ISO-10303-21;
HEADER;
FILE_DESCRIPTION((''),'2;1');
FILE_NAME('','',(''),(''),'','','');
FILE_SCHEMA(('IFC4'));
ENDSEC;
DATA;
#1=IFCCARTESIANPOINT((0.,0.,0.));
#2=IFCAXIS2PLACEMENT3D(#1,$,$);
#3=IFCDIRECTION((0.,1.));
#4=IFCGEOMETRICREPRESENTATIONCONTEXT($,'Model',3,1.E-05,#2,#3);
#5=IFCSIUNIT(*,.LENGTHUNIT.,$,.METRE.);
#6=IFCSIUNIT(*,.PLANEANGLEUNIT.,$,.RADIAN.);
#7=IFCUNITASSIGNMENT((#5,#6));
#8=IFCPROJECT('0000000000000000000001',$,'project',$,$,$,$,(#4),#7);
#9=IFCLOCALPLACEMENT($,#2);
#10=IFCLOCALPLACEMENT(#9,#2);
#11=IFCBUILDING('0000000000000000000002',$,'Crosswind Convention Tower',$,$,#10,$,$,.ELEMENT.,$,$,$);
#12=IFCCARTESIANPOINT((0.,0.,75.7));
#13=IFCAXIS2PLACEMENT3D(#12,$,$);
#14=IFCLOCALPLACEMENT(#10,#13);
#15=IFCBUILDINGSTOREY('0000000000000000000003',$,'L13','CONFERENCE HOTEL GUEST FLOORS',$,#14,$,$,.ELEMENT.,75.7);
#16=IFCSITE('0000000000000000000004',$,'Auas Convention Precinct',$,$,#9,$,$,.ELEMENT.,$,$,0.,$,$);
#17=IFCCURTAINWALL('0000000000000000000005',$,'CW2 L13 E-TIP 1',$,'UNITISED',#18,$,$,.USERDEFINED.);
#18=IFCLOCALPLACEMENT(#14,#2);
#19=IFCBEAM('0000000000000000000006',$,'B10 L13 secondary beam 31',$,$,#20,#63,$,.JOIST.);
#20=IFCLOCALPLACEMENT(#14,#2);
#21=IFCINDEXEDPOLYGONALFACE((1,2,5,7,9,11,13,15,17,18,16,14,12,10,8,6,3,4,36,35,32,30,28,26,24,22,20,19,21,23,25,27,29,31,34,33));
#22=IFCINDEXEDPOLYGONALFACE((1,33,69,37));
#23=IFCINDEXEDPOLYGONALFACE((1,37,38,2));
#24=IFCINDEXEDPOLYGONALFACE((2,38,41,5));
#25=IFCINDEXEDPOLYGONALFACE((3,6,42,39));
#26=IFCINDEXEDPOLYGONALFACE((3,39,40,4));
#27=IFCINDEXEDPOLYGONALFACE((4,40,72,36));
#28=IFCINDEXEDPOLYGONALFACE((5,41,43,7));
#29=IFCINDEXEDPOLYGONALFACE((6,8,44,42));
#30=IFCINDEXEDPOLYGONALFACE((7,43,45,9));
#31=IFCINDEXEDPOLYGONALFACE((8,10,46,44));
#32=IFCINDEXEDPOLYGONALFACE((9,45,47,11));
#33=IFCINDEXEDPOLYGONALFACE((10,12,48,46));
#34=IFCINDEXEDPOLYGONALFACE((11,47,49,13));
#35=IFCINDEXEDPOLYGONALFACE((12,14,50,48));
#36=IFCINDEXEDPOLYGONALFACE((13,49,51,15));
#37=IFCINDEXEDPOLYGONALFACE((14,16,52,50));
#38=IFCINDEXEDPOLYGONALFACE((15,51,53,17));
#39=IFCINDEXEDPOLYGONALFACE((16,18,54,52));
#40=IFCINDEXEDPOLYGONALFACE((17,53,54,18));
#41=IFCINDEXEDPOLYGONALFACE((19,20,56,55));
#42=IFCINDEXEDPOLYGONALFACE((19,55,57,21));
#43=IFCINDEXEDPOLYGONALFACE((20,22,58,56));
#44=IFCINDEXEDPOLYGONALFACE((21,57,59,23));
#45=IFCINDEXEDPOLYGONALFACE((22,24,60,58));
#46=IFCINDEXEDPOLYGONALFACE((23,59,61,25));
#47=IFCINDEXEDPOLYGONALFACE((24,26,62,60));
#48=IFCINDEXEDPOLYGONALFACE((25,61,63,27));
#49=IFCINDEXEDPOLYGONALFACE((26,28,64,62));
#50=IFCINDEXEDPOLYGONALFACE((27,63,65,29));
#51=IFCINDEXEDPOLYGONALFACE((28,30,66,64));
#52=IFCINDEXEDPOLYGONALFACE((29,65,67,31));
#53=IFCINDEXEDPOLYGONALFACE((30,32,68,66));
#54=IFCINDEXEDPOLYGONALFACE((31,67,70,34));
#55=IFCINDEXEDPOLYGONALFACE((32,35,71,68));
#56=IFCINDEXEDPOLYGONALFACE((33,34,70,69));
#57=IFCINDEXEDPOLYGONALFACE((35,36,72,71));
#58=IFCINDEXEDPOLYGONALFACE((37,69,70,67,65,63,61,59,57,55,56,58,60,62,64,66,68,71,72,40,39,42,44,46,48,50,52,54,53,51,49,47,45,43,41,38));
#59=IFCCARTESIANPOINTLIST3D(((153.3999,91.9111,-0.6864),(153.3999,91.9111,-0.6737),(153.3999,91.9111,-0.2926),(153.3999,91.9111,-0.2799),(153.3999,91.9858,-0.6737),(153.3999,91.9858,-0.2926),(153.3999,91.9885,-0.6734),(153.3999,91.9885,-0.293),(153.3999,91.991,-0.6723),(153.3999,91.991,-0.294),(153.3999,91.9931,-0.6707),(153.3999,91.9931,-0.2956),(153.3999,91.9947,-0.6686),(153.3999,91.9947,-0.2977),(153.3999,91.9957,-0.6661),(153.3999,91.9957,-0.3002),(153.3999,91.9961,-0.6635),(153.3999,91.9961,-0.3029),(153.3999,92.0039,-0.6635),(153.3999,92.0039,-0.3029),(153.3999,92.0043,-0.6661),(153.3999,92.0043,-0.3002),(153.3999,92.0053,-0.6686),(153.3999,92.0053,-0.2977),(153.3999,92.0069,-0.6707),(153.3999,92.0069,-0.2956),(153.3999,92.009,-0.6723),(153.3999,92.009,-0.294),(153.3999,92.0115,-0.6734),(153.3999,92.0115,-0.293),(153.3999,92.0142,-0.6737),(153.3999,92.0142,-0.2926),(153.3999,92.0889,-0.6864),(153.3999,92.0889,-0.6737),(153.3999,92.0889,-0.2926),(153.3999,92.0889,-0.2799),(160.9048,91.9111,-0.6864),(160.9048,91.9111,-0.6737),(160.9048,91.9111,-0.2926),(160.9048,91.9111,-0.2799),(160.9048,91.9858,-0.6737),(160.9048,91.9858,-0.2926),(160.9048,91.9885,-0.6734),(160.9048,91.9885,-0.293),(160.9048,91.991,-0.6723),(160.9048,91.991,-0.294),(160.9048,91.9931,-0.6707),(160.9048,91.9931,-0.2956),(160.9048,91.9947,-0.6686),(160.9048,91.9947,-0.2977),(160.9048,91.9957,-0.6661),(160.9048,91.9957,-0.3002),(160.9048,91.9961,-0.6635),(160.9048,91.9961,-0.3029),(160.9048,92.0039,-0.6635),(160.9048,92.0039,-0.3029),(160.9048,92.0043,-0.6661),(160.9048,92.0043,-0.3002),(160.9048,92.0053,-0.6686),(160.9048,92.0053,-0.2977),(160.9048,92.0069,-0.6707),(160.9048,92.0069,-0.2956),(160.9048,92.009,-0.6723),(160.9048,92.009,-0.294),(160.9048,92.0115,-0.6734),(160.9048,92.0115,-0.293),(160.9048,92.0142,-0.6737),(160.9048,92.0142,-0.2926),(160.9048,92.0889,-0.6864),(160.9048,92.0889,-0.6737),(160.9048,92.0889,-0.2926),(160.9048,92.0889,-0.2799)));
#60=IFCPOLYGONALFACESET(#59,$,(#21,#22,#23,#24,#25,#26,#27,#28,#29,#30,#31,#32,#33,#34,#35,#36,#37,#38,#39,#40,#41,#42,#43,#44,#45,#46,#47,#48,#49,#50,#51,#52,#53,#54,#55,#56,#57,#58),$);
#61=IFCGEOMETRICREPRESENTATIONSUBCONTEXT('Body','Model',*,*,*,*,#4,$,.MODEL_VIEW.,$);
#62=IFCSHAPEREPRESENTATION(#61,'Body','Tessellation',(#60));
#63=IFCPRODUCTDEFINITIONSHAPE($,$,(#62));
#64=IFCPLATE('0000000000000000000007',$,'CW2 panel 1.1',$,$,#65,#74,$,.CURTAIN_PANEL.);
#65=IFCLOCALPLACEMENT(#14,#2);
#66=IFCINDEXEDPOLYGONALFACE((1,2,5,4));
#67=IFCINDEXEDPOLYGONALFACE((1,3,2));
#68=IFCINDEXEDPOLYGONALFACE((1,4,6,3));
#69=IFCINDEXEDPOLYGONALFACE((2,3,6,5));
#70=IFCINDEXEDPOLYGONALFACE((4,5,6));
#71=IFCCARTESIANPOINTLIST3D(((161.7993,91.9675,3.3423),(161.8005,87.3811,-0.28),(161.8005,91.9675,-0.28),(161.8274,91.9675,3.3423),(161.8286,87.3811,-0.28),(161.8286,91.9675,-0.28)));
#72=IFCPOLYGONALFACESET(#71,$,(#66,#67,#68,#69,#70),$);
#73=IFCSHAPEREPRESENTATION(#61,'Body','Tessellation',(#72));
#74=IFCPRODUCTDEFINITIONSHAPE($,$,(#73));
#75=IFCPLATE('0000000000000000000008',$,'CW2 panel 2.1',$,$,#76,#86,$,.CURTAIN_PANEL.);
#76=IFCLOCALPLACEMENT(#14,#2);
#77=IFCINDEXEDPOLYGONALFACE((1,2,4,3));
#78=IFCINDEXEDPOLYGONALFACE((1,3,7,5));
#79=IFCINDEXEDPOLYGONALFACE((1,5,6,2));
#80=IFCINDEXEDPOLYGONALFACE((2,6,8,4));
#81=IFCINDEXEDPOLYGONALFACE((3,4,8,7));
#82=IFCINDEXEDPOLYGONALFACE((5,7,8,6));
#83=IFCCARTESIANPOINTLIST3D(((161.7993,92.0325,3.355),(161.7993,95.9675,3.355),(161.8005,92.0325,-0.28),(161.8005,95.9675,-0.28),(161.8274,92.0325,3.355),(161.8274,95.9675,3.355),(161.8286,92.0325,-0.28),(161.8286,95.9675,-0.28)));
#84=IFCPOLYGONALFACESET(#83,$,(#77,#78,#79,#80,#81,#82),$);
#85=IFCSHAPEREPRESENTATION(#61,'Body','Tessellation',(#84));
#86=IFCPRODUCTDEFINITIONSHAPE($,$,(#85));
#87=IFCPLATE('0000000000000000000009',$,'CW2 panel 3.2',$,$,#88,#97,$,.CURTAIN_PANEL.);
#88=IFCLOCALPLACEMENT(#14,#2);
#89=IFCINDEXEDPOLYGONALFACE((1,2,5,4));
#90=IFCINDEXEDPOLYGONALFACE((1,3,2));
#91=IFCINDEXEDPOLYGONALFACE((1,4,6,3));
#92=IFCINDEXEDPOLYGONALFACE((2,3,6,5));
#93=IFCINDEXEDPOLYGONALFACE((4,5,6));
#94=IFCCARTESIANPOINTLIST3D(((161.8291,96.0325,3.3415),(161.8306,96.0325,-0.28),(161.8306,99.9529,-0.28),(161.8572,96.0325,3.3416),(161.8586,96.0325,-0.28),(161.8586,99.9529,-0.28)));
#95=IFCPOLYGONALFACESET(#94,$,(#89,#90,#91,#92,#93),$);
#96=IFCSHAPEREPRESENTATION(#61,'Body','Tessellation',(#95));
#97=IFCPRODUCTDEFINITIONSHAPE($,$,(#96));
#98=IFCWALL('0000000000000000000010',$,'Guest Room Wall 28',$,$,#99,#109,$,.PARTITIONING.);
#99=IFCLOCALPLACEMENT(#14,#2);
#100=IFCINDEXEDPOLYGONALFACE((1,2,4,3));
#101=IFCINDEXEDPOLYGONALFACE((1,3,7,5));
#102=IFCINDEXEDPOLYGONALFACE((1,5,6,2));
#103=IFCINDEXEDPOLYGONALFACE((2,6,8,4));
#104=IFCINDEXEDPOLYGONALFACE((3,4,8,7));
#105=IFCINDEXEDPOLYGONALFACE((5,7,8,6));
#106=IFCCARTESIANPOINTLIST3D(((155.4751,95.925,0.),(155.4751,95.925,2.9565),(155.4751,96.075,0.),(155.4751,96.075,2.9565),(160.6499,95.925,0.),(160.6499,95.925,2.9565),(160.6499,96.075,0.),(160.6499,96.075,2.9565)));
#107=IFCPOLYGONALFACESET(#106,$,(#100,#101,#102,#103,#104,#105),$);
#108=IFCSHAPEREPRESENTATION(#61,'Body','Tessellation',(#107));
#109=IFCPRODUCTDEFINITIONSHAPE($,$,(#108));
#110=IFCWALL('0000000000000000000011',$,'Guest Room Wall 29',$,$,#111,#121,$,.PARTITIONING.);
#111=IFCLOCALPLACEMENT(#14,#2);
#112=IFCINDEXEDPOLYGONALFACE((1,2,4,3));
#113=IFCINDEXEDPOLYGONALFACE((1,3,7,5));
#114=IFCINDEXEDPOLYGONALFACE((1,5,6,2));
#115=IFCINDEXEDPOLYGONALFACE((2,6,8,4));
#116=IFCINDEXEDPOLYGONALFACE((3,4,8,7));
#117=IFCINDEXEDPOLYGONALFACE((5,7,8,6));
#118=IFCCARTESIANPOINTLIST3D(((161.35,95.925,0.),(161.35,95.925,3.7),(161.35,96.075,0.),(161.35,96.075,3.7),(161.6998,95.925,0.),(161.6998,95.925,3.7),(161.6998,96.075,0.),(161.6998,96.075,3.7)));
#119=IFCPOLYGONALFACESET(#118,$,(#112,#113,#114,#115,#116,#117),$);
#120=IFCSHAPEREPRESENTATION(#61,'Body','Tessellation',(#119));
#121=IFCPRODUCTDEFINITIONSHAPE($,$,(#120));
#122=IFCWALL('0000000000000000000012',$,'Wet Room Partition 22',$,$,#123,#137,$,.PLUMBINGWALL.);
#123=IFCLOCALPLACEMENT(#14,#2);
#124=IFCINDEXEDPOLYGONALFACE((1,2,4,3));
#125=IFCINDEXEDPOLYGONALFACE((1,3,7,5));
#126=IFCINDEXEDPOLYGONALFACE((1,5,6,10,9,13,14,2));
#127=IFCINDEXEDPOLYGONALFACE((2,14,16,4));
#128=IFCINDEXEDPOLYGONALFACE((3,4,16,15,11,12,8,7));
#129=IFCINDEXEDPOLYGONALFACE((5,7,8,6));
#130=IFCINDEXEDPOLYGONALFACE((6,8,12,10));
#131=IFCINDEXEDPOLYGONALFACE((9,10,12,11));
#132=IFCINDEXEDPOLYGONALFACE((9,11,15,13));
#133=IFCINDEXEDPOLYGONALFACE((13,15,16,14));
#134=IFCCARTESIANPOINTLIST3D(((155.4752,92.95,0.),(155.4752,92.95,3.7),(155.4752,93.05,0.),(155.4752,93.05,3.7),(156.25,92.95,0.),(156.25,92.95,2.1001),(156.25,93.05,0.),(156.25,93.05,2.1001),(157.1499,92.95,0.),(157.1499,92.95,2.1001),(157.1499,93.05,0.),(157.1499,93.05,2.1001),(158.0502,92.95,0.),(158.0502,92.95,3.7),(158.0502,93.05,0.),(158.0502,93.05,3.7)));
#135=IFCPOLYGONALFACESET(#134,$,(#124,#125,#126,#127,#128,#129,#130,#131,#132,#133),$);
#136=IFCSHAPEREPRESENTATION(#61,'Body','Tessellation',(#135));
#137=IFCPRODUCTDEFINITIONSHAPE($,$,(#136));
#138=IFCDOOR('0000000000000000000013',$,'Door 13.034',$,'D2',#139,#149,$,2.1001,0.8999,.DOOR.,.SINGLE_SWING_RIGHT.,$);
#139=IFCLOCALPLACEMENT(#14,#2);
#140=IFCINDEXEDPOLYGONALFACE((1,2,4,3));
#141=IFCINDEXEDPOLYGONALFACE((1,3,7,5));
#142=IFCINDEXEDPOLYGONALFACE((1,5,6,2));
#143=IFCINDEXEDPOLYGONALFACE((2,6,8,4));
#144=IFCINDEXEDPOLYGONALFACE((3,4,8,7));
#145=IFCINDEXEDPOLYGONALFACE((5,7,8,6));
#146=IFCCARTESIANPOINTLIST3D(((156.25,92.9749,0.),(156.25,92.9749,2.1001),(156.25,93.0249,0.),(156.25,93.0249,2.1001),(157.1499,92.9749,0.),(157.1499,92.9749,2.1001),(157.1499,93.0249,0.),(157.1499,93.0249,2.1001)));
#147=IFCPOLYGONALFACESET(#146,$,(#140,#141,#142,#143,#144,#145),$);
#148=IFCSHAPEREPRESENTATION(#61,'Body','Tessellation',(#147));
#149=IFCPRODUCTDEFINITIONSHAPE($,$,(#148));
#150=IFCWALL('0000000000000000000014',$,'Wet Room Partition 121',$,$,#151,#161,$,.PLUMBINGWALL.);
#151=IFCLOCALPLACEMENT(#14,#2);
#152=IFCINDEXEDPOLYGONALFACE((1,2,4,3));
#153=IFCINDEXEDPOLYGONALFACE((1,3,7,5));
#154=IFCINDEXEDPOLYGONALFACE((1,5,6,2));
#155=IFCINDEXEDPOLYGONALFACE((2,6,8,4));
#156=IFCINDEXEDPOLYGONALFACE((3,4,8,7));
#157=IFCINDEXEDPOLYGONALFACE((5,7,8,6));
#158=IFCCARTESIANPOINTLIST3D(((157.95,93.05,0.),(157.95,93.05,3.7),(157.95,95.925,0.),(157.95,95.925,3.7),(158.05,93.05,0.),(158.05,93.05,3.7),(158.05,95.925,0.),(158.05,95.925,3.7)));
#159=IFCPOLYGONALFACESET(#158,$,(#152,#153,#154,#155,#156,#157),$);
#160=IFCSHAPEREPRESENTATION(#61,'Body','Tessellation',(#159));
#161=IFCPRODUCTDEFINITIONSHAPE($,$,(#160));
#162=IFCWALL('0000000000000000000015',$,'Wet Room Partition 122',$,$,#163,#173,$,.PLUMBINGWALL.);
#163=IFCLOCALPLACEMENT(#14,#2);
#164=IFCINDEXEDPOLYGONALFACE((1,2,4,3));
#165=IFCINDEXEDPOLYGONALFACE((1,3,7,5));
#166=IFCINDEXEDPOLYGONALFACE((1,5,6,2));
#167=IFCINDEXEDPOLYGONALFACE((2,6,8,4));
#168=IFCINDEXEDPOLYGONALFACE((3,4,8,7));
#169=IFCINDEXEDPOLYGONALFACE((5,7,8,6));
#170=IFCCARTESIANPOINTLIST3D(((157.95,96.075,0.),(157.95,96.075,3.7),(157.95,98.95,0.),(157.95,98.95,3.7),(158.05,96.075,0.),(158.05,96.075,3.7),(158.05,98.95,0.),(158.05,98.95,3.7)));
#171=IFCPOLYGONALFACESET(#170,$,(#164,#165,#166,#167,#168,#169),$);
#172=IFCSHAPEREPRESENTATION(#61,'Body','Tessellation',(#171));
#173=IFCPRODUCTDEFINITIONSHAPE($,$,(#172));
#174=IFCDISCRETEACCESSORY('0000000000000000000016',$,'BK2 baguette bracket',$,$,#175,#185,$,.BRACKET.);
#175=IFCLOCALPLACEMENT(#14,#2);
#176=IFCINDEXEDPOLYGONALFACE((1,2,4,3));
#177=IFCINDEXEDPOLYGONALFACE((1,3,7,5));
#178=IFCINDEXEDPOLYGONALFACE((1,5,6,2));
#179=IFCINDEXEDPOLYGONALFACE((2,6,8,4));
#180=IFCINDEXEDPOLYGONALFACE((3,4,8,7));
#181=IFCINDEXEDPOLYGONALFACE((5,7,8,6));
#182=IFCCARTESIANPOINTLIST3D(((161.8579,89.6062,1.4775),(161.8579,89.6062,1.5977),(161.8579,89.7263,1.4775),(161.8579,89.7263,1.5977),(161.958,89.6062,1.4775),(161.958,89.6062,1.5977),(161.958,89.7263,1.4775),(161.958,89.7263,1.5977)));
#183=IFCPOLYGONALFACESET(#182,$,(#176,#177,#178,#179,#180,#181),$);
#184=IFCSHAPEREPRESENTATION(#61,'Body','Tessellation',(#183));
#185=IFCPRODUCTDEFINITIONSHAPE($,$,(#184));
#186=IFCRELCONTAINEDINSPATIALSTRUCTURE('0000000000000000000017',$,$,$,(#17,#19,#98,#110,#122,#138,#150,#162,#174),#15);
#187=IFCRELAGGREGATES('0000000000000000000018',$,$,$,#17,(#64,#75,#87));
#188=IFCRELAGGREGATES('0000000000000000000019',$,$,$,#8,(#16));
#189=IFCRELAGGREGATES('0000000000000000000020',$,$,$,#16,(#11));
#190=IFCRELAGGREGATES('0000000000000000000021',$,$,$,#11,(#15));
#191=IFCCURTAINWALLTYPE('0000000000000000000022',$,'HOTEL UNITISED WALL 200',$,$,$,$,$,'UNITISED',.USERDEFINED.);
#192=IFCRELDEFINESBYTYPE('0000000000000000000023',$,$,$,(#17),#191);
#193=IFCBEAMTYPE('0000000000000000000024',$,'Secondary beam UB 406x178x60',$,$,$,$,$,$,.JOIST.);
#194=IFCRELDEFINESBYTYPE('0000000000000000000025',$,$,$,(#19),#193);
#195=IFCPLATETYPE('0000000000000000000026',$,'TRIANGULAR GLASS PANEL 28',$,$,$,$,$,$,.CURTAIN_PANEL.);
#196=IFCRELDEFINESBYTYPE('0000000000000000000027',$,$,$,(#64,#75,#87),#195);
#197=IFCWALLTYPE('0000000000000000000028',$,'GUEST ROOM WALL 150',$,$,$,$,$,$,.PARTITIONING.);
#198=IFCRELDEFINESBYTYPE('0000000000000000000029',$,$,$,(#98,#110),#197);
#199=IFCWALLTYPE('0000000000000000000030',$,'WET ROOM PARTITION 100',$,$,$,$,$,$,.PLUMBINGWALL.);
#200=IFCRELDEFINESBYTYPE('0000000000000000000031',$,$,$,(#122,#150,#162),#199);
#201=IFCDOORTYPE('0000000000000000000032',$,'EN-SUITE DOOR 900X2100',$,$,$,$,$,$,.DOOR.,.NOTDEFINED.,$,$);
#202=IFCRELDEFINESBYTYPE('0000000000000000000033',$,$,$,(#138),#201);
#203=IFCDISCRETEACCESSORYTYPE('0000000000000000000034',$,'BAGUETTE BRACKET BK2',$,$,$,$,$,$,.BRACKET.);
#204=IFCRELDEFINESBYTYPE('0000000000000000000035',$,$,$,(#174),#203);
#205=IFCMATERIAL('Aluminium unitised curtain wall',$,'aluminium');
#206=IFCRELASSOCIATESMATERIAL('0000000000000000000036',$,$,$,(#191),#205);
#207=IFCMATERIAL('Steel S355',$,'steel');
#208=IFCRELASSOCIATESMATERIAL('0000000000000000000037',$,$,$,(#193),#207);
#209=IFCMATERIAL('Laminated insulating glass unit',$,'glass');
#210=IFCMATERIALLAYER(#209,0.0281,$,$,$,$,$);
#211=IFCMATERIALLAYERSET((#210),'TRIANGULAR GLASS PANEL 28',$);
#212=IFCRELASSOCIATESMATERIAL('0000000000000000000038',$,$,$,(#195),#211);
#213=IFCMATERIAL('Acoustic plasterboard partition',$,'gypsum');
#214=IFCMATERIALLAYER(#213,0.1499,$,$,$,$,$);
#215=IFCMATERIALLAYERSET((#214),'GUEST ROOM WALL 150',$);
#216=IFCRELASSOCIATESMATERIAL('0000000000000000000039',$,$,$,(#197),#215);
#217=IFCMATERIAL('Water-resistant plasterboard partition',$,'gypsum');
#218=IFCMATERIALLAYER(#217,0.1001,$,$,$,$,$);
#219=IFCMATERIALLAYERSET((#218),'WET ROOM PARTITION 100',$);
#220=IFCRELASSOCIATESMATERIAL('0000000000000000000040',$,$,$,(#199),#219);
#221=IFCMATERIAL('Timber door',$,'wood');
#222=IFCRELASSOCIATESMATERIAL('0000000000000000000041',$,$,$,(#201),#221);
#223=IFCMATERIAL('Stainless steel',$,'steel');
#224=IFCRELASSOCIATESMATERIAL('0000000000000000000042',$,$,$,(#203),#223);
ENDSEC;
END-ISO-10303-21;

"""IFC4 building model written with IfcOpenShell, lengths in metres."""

from ifc_helpers import new_model, si_unit, direction, frame, frame_2d, origin, origin_2d, place, context, subcontext, project, spatial, polyline, rectangle, i_section, outline, extrude, material, layer, layer_set, material_profile, profile_set, type_object, element, fill, aggregate, save


model = new_model("IFC4")

# Units and contexts
model_context = context("Model", 3, precision=1e-05, world=origin(), true_north=direction((0.0, 1.0)))
body_context = subcontext(model_context, "Body", "Model", "MODEL_VIEW")
ifc_project = project(units=[si_unit("LENGTHUNIT", "METRE"), si_unit("PLANEANGLEUNIT", "RADIAN")], contexts=[model_context])

# Site, building, storey
site_placement = place(None, origin())
site = spatial("IfcSite", under=ifc_project, at=site_placement, Name="Auas Convention Precinct", CompositionType="ELEMENT", RefElevation=0.0)
building_placement = place(site_placement, origin())
building = spatial("IfcBuilding", under=site, at=building_placement, Name="Crosswind Convention Tower", CompositionType="ELEMENT")
storey_placement = place(building_placement, frame((0.0, 0.0, 75.7)))
storey = spatial("IfcBuildingStorey", under=building, at=storey_placement, Name="L13", Description="CONFERENCE HOTEL GUEST FLOORS", CompositionType="ELEMENT", Elevation=75.7)

# Shared definitions
ifc_material_1 = material(Name="Steel S355", Category="steel")

# Curtain wall
ifc_material_2 = material(Name="Aluminium unitised curtain wall", Category="aluminium")
curtain_wall_type = type_object("IfcCurtainWallType", Name="HOTEL UNITISED WALL 200", ElementType="UNITISED", PredefinedType="USERDEFINED", material=ifc_material_2)
curtain_wall_placement = place(storey_placement, origin())
curtain_wall = element("IfcCurtainWall", 1, at=curtain_wall_placement, inside=storey, type_object=curtain_wall_type, Name="CW2 L13 E-TIP 1", ObjectType="UNITISED", PredefinedType="USERDEFINED")

# Beam
ifc_material_profile_1 = material_profile(ifc_material_1, i_section(OverallWidth=0.1777, OverallDepth=0.4065, WebThickness=0.0078, FlangeThickness=0.0127, FilletRadius=0.0103, at=origin_2d()), Name="UB 406x178x60")
ifc_profile_set_1 = profile_set([ifc_material_profile_1], Name="Steel S355")
beam_type_1 = type_object("IfcBeamType", Name="Secondary beam UB 406x178x60", PredefinedType="JOIST", material=ifc_profile_set_1)
beam_1_placement = place(storey_placement, frame((153.3999, 92.0, -0.4832), z_axis=(1.0, 0.0, 0.0), x_axis=(0.0, 1.0, 0.0)))
element("IfcBeam", 2, at=beam_1_placement, inside=storey, type_object=beam_type_1, Name="B10 L13 secondary beam 31", PredefinedType="JOIST", context=body_context, shape_type="SweptSolid", body=[
    extrude(i_section(OverallWidth=0.1777, OverallDepth=0.4065, WebThickness=0.0078, FlangeThickness=0.0127, FilletRadius=0.0103, at=origin_2d()), origin(), (0.0, 0.0, 1.0), 7.5049),
])

# Plates
ifc_material_3 = material(Name="Laminated insulating glass unit", Category="glass")
ifc_layer_1 = layer(ifc_material_3, 0.0281)
ifc_layer_set_1 = layer_set([ifc_layer_1], Name="TRIANGULAR GLASS PANEL 28")
plate_type = type_object("IfcPlateType", Name="TRIANGULAR GLASS PANEL 28", PredefinedType="CURTAIN_PANEL", material=ifc_layer_set_1)
plate_1_placement = place(storey_placement, frame((161.8286, 91.9675, -0.28), z_axis=(1.0, 0.0, 0.000337), x_axis=(-0.000337, 0.0, 1.0)))
plate_1 = element("IfcPlate", 3, at=plate_1_placement, type_object=plate_type, Name="CW2 panel 1.1", PredefinedType="CURTAIN_PANEL", context=body_context, shape_type="SweptSolid", body=[
    extrude(outline(polyline([(0.0, 0.0), (3.6223, 0.0), (0.0, 4.5864), (0.0, 0.0)])), origin(), (0.0, 0.0, -1.0), 0.0281),
])
plate_2_placement = place(storey_placement, frame((161.8286, 92.0325, -0.28), z_axis=(1.0, 0.0, 0.000336), x_axis=(0.0, 1.0, 0.0)))
plate_2 = element("IfcPlate", 4, at=plate_2_placement, type_object=plate_type, Name="CW2 panel 2.1", PredefinedType="CURTAIN_PANEL", context=body_context, shape_type="SweptSolid", body=[
    extrude(outline(polyline([(0.0, 0.0), (3.9351, 0.0), (3.9351, 3.635), (0.0, 3.635), (0.0, 0.0)])), origin(), (0.0, 0.0, -1.0), 0.0281),
])
plate_3_placement = place(storey_placement, frame((161.8586, 96.0325, -0.28), z_axis=(1.0, 0.0, 0.000404), x_axis=(0.0, 1.0, 0.0)))
plate_3 = element("IfcPlate", 5, at=plate_3_placement, type_object=plate_type, Name="CW2 panel 3.2", PredefinedType="CURTAIN_PANEL", context=body_context, shape_type="SweptSolid", body=[
    extrude(outline(polyline([(0.0, 0.0), (3.9204, 0.0), (0.0, 3.6216), (0.0, 0.0)])), origin(), (0.0, 0.0, -1.0), 0.0281),
])
aggregate(curtain_wall, [plate_1, plate_2, plate_3])

# Walls
ifc_material_4 = material(Name="Acoustic plasterboard partition", Category="gypsum")
ifc_layer_2 = layer(ifc_material_4, 0.1499)
ifc_layer_set_2 = layer_set([ifc_layer_2], Name="GUEST ROOM WALL 150")
wall_type_1 = type_object("IfcWallType", Name="GUEST ROOM WALL 150", PredefinedType="PARTITIONING", material=ifc_layer_set_2)
wall_1_placement = place(storey_placement, frame((155.4751, 96.0, 0.0), z_axis=(0.0, 0.0, 1.0), x_axis=(1.0, 0.0, 0.0)))
element("IfcWall", 6, at=wall_1_placement, inside=storey, type_object=wall_type_1, Name="Guest Room Wall 28", PredefinedType="PARTITIONING", context=body_context, shape_type="SweptSolid", body=[
    extrude(rectangle(XDim=5.1748, YDim=0.1499, at=frame_2d((2.5874, 0.0))), origin(), (0.0, 0.0, 1.0), 2.9565),
])
wall_2_placement = place(storey_placement, frame((161.3501, 96.0, 0.0), z_axis=(0.0, 0.0, 1.0), x_axis=(1.0, 0.0, 0.0)))
element("IfcWall", 7, at=wall_2_placement, inside=storey, type_object=wall_type_1, Name="Guest Room Wall 29", PredefinedType="PARTITIONING", context=body_context, shape_type="SweptSolid", body=[
    extrude(rectangle(XDim=0.3499, YDim=0.1499, at=frame_2d((0.1748, 0.0))), origin(), (0.0, 0.0, 1.0), 3.7),
])

# Wall, opening, door
ifc_material_5 = material(Name="Water-resistant plasterboard partition", Category="gypsum")
ifc_layer_3 = layer(ifc_material_5, 0.1001)
ifc_layer_set_3 = layer_set([ifc_layer_3], Name="WET ROOM PARTITION 100")
wall_type_2 = type_object("IfcWallType", Name="WET ROOM PARTITION 100", PredefinedType="PLUMBINGWALL", material=ifc_layer_set_3)
wall_3_placement = place(storey_placement, frame((155.4751, 93.0, 0.0), z_axis=(0.0, 0.0, 1.0), x_axis=(1.0, 0.0, 0.0)))
wall_3 = element("IfcWall", 8, at=wall_3_placement, inside=storey, type_object=wall_type_2, Name="Wet Room Partition 22", PredefinedType="PLUMBINGWALL", context=body_context, shape_type="SweptSolid", body=[
    extrude(rectangle(XDim=2.575, YDim=0.1001, at=frame_2d((1.2876, 0.0))), origin(), (0.0, 0.0, 1.0), 3.7),
])
opening_1_placement = place(wall_3_placement, frame((0.7749, 0.0, 0.0)))
opening_1 = element("IfcOpeningElement", 9, at=opening_1_placement, cuts=wall_3, PredefinedType="OPENING", context=body_context, shape_type="SweptSolid", body=[
    extrude(rectangle(XDim=0.8999, YDim=2.1001, at=frame_2d((0.45, 1.05))), frame((0.0, 0.0601, 0.0), z_axis=(0.0, -1.0, 0.0), x_axis=(1.0, 0.0, 0.0)), (0.0, 0.0, 1.0), 0.1201),
])
ifc_material_6 = material(Name="Timber door", Category="wood")
door_type_1 = type_object("IfcDoorType", Name="EN-SUITE DOOR 900X2100", OperationType="NOTDEFINED", PredefinedType="DOOR", material=ifc_material_6)
door_1_placement = place(opening_1_placement, origin())
door_1 = element("IfcDoor", 10, at=door_1_placement, inside=storey, type_object=door_type_1, Name="Door 13.034", ObjectType="D2", OperationType="SINGLE_SWING_RIGHT", OverallHeight=2.1001, OverallWidth=0.8999, PredefinedType="DOOR", context=body_context, shape_type="SweptSolid", body=[
    extrude(rectangle(XDim=0.8999, YDim=2.1001, at=frame_2d((0.45, 1.05))), frame((0.0, 0.0249, 0.0), z_axis=(0.0, -1.0, 0.0), x_axis=(1.0, 0.0, 0.0)), (0.0, 0.0, 1.0), 0.05),
])
fill(opening_1, door_1)

# Walls
for number, where, z_axis, x_axis, name in (
    (11, (158.0, 93.05, 0.0), (0.0, 0.0, 1.0), (0.0, 1.0, 0.0), "Wet Room Partition 121"),
    (12, (158.0, 96.075, 0.0), (0.0, 0.0, 1.0), (0.0, 1.0, 0.0), "Wet Room Partition 122"),
):
    element("IfcWall", number, at=place(storey_placement, frame(where, z_axis=z_axis, x_axis=x_axis)), inside=storey, type_object=wall_type_2, Name=name, PredefinedType="PLUMBINGWALL", context=body_context, shape_type="SweptSolid", body=[
        extrude(rectangle(XDim=2.875, YDim=0.1001, at=frame_2d((1.4375, 0.0))), origin(), (0.0, 0.0, 1.0), 3.7),
    ])

# Discrete accessory
ifc_material_7 = material(Name="Stainless steel", Category="steel")
discrete_accessory_type = type_object("IfcDiscreteAccessoryType", Name="BAGUETTE BRACKET BK2", PredefinedType="BRACKET", material=ifc_material_7)
discrete_accessory_placement = place(storey_placement, frame((161.908, 89.6663, 1.4775), z_axis=(0.0, 0.0, 1.0), x_axis=(0.0, 1.0, 0.0)))
element("IfcDiscreteAccessory", 13, at=discrete_accessory_placement, inside=storey, type_object=discrete_accessory_type, Name="BK2 baguette bracket", PredefinedType="BRACKET", context=body_context, shape_type="SweptSolid", body=[
    extrude(rectangle(XDim=0.1201, YDim=0.1001, at=origin_2d()), origin(), (0.0, 0.0, 1.0), 0.1201),
])

save(model, "model.ifc")
